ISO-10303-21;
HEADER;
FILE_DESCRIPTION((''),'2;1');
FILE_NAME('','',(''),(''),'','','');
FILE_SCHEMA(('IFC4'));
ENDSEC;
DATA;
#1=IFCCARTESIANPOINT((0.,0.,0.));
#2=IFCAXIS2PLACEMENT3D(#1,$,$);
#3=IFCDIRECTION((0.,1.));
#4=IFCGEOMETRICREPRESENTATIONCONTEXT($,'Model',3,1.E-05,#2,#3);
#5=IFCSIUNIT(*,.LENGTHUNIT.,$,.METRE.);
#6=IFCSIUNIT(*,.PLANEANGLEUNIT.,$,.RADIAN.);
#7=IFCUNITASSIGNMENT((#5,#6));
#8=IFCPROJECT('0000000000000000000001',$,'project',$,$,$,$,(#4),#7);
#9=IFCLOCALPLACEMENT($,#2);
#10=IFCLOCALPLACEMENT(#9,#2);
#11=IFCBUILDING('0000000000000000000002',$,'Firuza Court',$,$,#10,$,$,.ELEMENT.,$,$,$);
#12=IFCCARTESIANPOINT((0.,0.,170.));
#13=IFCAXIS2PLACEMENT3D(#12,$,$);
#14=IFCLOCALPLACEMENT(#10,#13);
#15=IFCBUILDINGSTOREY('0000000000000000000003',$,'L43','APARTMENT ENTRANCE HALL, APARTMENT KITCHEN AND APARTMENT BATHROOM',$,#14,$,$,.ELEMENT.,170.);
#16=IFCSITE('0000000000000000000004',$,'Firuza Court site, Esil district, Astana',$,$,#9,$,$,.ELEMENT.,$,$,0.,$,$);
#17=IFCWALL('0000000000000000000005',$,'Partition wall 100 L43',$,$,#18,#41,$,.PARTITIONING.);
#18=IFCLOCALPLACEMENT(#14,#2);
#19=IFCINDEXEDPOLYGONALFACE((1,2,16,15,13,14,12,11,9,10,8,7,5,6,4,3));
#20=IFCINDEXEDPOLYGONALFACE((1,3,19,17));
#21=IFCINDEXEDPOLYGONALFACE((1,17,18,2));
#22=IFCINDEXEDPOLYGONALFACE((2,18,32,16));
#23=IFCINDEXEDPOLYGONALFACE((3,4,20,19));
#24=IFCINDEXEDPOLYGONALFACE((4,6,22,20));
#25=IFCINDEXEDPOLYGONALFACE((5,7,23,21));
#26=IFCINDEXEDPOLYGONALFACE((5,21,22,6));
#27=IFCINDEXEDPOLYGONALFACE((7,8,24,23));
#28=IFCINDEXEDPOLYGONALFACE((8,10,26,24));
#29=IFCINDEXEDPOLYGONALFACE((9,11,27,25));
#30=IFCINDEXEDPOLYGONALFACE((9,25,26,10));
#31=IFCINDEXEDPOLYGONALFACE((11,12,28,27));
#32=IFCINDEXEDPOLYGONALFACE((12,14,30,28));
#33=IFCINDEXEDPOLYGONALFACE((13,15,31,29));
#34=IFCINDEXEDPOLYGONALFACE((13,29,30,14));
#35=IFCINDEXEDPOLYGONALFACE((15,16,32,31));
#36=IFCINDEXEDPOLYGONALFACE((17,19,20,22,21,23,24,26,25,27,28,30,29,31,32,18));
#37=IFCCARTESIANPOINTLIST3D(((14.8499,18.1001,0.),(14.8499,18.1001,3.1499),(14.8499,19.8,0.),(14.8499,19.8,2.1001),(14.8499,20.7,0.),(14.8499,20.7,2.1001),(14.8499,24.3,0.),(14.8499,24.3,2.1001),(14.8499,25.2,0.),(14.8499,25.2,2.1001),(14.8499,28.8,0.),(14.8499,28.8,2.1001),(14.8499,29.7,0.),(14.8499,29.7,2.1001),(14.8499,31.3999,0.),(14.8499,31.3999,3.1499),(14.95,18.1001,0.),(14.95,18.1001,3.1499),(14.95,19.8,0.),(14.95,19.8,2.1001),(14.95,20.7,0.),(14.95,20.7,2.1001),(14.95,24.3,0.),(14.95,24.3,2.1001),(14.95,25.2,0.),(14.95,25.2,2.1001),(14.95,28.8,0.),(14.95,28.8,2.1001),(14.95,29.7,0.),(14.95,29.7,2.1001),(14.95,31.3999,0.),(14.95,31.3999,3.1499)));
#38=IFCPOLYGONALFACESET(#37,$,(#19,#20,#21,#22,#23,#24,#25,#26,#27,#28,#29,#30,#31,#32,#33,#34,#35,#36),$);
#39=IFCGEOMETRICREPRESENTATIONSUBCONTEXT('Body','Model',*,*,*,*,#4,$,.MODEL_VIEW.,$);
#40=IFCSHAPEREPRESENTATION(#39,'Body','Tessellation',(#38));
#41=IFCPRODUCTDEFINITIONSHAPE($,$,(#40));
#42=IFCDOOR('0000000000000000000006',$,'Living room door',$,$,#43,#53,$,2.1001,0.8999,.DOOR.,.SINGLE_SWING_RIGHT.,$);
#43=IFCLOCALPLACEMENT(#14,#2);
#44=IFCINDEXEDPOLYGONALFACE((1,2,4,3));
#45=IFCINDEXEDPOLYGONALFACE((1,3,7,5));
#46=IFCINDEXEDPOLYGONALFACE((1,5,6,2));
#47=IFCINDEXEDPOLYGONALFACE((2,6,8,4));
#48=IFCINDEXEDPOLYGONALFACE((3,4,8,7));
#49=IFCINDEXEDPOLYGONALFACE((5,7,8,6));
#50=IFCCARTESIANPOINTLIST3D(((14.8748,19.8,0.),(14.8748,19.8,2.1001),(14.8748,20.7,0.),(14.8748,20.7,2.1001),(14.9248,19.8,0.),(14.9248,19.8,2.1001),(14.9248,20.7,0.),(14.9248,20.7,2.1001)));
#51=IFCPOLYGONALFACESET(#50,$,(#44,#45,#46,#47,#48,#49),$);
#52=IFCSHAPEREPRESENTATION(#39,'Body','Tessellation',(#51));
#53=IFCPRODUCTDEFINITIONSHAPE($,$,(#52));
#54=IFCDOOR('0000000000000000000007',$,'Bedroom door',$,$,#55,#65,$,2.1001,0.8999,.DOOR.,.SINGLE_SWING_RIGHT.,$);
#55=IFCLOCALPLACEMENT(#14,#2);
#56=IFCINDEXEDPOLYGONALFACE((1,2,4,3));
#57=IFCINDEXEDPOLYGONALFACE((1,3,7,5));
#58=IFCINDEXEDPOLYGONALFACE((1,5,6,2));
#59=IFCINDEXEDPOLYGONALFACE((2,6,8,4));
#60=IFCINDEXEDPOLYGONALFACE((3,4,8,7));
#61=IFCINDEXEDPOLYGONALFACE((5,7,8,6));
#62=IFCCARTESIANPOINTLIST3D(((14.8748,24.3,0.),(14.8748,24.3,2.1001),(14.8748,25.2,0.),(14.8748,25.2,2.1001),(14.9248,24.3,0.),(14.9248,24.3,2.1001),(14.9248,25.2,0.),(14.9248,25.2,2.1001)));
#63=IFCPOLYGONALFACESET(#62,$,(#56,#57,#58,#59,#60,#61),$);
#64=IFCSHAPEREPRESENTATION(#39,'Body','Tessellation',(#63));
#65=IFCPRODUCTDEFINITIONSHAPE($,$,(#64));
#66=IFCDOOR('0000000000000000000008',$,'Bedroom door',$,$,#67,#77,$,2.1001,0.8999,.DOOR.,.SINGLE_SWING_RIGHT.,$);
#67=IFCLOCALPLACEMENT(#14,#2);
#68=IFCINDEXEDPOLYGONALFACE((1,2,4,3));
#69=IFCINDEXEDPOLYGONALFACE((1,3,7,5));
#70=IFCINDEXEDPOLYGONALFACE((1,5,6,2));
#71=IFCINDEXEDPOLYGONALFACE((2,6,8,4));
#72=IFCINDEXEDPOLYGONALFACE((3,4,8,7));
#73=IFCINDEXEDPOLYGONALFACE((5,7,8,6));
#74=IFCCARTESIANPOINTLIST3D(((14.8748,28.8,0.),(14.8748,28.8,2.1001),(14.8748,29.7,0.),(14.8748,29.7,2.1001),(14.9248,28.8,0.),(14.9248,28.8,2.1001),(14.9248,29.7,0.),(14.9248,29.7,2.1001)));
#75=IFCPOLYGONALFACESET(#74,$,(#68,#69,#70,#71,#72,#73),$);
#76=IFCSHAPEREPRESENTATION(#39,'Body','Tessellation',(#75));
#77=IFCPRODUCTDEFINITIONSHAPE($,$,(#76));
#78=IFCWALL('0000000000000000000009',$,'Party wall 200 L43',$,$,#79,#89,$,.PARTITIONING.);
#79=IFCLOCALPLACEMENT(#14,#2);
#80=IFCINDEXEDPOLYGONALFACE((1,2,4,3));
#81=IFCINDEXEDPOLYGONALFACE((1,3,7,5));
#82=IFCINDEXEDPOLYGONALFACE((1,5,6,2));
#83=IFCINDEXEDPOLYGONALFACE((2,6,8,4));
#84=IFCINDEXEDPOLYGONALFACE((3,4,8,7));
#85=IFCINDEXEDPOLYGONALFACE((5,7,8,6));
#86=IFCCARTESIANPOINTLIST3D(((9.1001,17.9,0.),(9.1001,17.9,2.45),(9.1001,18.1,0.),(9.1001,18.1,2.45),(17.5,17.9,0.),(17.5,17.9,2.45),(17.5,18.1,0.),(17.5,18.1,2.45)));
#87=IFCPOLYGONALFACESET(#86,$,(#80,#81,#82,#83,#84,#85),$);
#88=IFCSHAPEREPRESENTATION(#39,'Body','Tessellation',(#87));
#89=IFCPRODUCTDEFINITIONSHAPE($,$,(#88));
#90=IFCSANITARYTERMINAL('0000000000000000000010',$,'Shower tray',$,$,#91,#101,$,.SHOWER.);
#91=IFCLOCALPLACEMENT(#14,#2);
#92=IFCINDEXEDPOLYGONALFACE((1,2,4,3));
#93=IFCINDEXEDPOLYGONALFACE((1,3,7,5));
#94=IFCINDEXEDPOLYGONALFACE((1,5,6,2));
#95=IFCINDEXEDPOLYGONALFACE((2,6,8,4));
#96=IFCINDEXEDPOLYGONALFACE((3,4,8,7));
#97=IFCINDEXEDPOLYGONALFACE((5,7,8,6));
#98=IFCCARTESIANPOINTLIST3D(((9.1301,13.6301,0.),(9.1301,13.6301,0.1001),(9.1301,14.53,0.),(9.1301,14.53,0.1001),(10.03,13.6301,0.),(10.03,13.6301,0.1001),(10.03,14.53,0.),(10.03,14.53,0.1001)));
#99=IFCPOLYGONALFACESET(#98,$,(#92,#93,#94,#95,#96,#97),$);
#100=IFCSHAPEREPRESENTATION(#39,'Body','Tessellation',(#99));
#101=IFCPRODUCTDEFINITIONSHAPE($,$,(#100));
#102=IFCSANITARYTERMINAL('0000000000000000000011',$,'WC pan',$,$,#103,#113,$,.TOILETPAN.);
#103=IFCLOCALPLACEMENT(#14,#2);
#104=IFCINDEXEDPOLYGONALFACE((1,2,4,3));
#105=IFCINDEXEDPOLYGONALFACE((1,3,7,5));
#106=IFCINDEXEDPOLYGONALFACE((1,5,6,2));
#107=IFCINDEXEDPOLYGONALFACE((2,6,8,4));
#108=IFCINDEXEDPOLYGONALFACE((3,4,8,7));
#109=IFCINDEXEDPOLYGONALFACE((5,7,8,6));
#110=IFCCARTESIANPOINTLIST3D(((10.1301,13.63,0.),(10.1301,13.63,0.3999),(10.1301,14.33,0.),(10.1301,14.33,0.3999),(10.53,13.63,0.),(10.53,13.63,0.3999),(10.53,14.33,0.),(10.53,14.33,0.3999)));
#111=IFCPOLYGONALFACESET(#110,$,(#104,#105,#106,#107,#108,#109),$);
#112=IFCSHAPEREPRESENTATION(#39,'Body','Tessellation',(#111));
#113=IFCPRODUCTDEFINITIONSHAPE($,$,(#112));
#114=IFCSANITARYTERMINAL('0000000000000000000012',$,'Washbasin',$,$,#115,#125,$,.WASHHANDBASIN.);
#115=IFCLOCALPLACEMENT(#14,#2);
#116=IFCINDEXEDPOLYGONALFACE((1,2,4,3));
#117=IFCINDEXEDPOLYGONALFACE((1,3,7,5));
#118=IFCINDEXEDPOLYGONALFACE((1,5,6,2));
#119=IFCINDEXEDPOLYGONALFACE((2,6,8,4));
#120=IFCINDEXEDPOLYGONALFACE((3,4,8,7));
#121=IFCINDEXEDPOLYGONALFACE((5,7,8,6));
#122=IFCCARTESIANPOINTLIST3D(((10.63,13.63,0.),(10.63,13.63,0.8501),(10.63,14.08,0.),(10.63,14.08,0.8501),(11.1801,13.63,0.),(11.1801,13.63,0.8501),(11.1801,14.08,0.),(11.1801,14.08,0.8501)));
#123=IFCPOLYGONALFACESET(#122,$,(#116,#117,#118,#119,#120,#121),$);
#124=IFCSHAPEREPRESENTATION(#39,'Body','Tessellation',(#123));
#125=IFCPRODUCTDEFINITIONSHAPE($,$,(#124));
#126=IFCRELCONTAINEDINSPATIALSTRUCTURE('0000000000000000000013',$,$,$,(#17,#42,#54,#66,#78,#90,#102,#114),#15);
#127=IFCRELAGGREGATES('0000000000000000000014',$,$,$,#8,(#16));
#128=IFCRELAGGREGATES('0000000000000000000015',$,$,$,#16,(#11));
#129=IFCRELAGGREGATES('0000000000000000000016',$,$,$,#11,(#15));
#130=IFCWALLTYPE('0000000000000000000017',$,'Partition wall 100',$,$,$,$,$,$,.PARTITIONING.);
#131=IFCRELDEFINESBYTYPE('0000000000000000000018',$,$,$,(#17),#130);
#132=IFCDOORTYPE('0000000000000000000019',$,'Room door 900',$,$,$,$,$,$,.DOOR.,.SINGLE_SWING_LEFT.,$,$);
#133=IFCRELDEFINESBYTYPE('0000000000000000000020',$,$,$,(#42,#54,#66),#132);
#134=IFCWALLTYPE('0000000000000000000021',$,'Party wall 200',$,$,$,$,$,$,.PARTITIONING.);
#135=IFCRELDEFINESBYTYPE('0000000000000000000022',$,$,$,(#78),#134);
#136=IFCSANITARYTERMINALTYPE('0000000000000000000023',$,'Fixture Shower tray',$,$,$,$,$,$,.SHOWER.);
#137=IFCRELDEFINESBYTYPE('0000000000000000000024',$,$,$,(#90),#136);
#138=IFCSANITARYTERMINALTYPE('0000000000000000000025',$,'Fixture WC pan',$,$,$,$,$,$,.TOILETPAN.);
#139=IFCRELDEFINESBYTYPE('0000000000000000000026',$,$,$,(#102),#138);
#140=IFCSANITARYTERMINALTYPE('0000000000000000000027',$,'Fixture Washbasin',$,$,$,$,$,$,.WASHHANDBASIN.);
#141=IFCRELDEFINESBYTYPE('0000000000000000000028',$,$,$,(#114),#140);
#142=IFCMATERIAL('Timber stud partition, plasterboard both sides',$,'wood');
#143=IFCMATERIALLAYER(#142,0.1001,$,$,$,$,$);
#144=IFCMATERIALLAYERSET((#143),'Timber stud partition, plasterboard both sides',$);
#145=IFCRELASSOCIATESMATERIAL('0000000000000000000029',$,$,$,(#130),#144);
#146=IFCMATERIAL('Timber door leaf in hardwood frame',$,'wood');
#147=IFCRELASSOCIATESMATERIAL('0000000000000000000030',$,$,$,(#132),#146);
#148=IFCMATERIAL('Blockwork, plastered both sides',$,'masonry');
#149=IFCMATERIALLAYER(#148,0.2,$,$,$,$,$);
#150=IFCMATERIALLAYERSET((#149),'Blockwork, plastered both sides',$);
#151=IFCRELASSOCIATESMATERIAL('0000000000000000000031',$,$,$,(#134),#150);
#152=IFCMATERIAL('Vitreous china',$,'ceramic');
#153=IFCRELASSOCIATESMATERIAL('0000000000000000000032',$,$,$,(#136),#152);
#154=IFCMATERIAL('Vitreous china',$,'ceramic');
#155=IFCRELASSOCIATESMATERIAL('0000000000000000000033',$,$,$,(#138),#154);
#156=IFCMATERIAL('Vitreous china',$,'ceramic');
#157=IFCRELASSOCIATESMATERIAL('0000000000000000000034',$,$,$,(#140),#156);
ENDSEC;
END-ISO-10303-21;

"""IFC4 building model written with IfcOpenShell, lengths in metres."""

from ifc_helpers import new_model, si_unit, direction, frame, frame_2d, origin, origin_2d, place, context, subcontext, project, spatial, rectangle, extrude, material, layer, layer_set, type_object, element, fill, save


model = new_model("IFC4")

# Units and contexts
model_context = context("Model", 3, precision=1e-05, world=origin(), true_north=direction((0.0, 1.0)))
body_context = subcontext(model_context, "Body", "Model", "MODEL_VIEW")
ifc_project = project(units=[si_unit("LENGTHUNIT", "METRE"), si_unit("PLANEANGLEUNIT", "RADIAN")], contexts=[model_context])

# Site, building, storey
site_placement = place(None, origin())
site = spatial("IfcSite", under=ifc_project, at=site_placement, Name="Firuza Court site, Esil district, Astana", CompositionType="ELEMENT", RefElevation=0.0)
building_placement = place(site_placement, origin())
building = spatial("IfcBuilding", under=site, at=building_placement, Name="Firuza Court", CompositionType="ELEMENT")
storey_placement = place(building_placement, frame((0.0, 0.0, 170.0)))
storey = spatial("IfcBuildingStorey", under=building, at=storey_placement, Name="L43", Description="APARTMENT ENTRANCE HALL, APARTMENT KITCHEN AND APARTMENT BATHROOM", CompositionType="ELEMENT", Elevation=170.0)

# Shared definitions
ifc_material_1 = material(Name="Timber stud partition, plasterboard both sides", Category="wood")
ifc_layer_1 = layer(ifc_material_1, 0.1001)
ifc_layer_set_1 = layer_set([ifc_layer_1], Name="Timber stud partition, plasterboard both sides")
wall_type_1 = type_object("IfcWallType", Name="Partition wall 100", PredefinedType="PARTITIONING", material=ifc_layer_set_1)

# Wall, openings, doors
wall_1_placement = place(storey_placement, frame((14.8999, 18.1001, 0.0), z_axis=(0.0, 0.0, 1.0), x_axis=(0.0, 1.0, 0.0)))
wall_1 = element("IfcWall", 1, at=wall_1_placement, inside=storey, type_object=wall_type_1, Name="Partition wall 100 L43", PredefinedType="PARTITIONING", context=body_context, shape_type="SweptSolid", body=[
    extrude(rectangle(XDim=13.2998, YDim=0.1001, at=frame_2d((6.6499, 0.0))), origin(), (0.0, 0.0, 1.0), 3.1499),
])
opening_1_placement = place(wall_1_placement, frame((1.7, 0.0, 0.0)))
opening_1 = element("IfcOpeningElement", 2, at=opening_1_placement, cuts=wall_1, PredefinedType="OPENING", context=body_context, shape_type="SweptSolid", body=[
    extrude(rectangle(XDim=0.8999, YDim=2.1001, at=frame_2d((0.45, 1.05))), frame((0.0, 0.062, 0.0), z_axis=(0.0, -1.0, 0.0), x_axis=(1.0, 0.0, 0.0)), (0.0, 0.0, 1.0), 0.124),
])
opening_2_placement = place(wall_1_placement, frame((6.2, 0.0, 0.0)))
opening_2 = element("IfcOpeningElement", 3, at=opening_2_placement, cuts=wall_1, PredefinedType="OPENING", context=body_context, shape_type="SweptSolid", body=[
    extrude(rectangle(XDim=0.8999, YDim=2.1001, at=frame_2d((0.45, 1.05))), frame((0.0, 0.062, 0.0), z_axis=(0.0, -1.0, 0.0), x_axis=(1.0, 0.0, 0.0)), (0.0, 0.0, 1.0), 0.124),
])
opening_3_placement = place(wall_1_placement, frame((10.7, 0.0, 0.0)))
opening_3 = element("IfcOpeningElement", 4, at=opening_3_placement, cuts=wall_1, PredefinedType="OPENING", context=body_context, shape_type="SweptSolid", body=[
    extrude(rectangle(XDim=0.8999, YDim=2.1001, at=frame_2d((0.45, 1.05))), frame((0.0, 0.062, 0.0), z_axis=(0.0, -1.0, 0.0), x_axis=(1.0, 0.0, 0.0)), (0.0, 0.0, 1.0), 0.124),
])
ifc_material_2 = material(Name="Timber door leaf in hardwood frame", Category="wood")
door_type_1 = type_object("IfcDoorType", Name="Room door 900", OperationType="SINGLE_SWING_LEFT", PredefinedType="DOOR", material=ifc_material_2)
door_1_placement = place(opening_1_placement, frame((0.8999, 0.0, 0.0), z_axis=(0.0, 0.0, 1.0), x_axis=(-1.0, 0.0, 0.0)))
door_1 = element("IfcDoor", 5, at=door_1_placement, inside=storey, type_object=door_type_1, Name="Living room door", OperationType="SINGLE_SWING_RIGHT", OverallHeight=2.1001, OverallWidth=0.8999, PredefinedType="DOOR", context=body_context, shape_type="SweptSolid", body=[
    extrude(rectangle(XDim=0.8999, YDim=2.1001, at=frame_2d((0.45, 1.05))), frame((0.0, 0.0249, 0.0), z_axis=(0.0, -1.0, 0.0), x_axis=(1.0, 0.0, 0.0)), (0.0, 0.0, 1.0), 0.05),
])
fill(opening_1, door_1)
door_2_placement = place(opening_2_placement, frame((0.8999, 0.0, 0.0), z_axis=(0.0, 0.0, 1.0), x_axis=(-1.0, 0.0, 0.0)))
door_2 = element("IfcDoor", 6, at=door_2_placement, inside=storey, type_object=door_type_1, Name="Bedroom door", OperationType="SINGLE_SWING_RIGHT", OverallHeight=2.1001, OverallWidth=0.8999, PredefinedType="DOOR", context=body_context, shape_type="SweptSolid", body=[
    extrude(rectangle(XDim=0.8999, YDim=2.1001, at=frame_2d((0.45, 1.05))), frame((0.0, 0.0249, 0.0), z_axis=(0.0, -1.0, 0.0), x_axis=(1.0, 0.0, 0.0)), (0.0, 0.0, 1.0), 0.05),
])
fill(opening_2, door_2)
door_3_placement = place(opening_3_placement, frame((0.8999, 0.0, 0.0), z_axis=(0.0, 0.0, 1.0), x_axis=(-1.0, 0.0, 0.0)))
door_3 = element("IfcDoor", 7, at=door_3_placement, inside=storey, type_object=door_type_1, Name="Bedroom door", OperationType="SINGLE_SWING_RIGHT", OverallHeight=2.1001, OverallWidth=0.8999, PredefinedType="DOOR", context=body_context, shape_type="SweptSolid", body=[
    extrude(rectangle(XDim=0.8999, YDim=2.1001, at=frame_2d((0.45, 1.05))), frame((0.0, 0.0249, 0.0), z_axis=(0.0, -1.0, 0.0), x_axis=(1.0, 0.0, 0.0)), (0.0, 0.0, 1.0), 0.05),
])
fill(opening_3, door_3)

# Wall
ifc_material_3 = material(Name="Blockwork, plastered both sides", Category="masonry")
ifc_layer_2 = layer(ifc_material_3, 0.2)
ifc_layer_set_2 = layer_set([ifc_layer_2], Name="Blockwork, plastered both sides")
wall_type_2 = type_object("IfcWallType", Name="Party wall 200", PredefinedType="PARTITIONING", material=ifc_layer_set_2)
wall_2_placement = place(storey_placement, frame((9.1001, 18.0, 0.0), z_axis=(0.0, 0.0, 1.0), x_axis=(1.0, 0.0, 0.0)))
element("IfcWall", 8, at=wall_2_placement, inside=storey, type_object=wall_type_2, Name="Party wall 200 L43", PredefinedType="PARTITIONING", context=body_context, shape_type="SweptSolid", body=[
    extrude(rectangle(XDim=8.3999, YDim=0.2, at=frame_2d((4.2, 0.0))), origin(), (0.0, 0.0, 1.0), 2.45),
])

# Sanitary terminals
ifc_material_4 = material(Name="Vitreous china", Category="ceramic")
sanitary_terminal_type_1 = type_object("IfcSanitaryTerminalType", Name="Fixture Shower tray", PredefinedType="SHOWER", material=ifc_material_4)
sanitary_terminal_1_placement = place(storey_placement, frame((9.5801, 14.0801, 0.0), z_axis=(0.0, 0.0, 1.0), x_axis=(1.0, 0.0, 0.0)))
element("IfcSanitaryTerminal", 9, at=sanitary_terminal_1_placement, inside=storey, type_object=sanitary_terminal_type_1, Name="Shower tray", PredefinedType="SHOWER", context=body_context, shape_type="SweptSolid", body=[
    extrude(rectangle(XDim=0.8999, YDim=0.8999, at=origin_2d()), origin(), (0.0, 0.0, 1.0), 0.1001),
])
ifc_material_5 = material(Name="Vitreous china", Category="ceramic")
sanitary_terminal_type_2 = type_object("IfcSanitaryTerminalType", Name="Fixture WC pan", PredefinedType="TOILETPAN", material=ifc_material_5)
sanitary_terminal_2_placement = place(storey_placement, frame((10.3301, 13.98, 0.0), z_axis=(0.0, 0.0, 1.0), x_axis=(1.0, 0.0, 0.0)))
element("IfcSanitaryTerminal", 10, at=sanitary_terminal_2_placement, inside=storey, type_object=sanitary_terminal_type_2, Name="WC pan", PredefinedType="TOILETPAN", context=body_context, shape_type="SweptSolid", body=[
    extrude(rectangle(XDim=0.3999, YDim=0.7, at=origin_2d()), origin(), (0.0, 0.0, 1.0), 0.3999),
])
ifc_material_6 = material(Name="Vitreous china", Category="ceramic")
sanitary_terminal_type_3 = type_object("IfcSanitaryTerminalType", Name="Fixture Washbasin", PredefinedType="WASHHANDBASIN", material=ifc_material_6)
sanitary_terminal_3_placement = place(storey_placement, frame((10.905, 13.855, 0.0), z_axis=(0.0, 0.0, 1.0), x_axis=(1.0, 0.0, 0.0)))
element("IfcSanitaryTerminal", 11, at=sanitary_terminal_3_placement, inside=storey, type_object=sanitary_terminal_type_3, Name="Washbasin", PredefinedType="WASHHANDBASIN", context=body_context, shape_type="SweptSolid", body=[
    extrude(rectangle(XDim=0.55, YDim=0.45, at=origin_2d()), origin(), (0.0, 0.0, 1.0), 0.8501),
])

save(model, "model.ifc")
